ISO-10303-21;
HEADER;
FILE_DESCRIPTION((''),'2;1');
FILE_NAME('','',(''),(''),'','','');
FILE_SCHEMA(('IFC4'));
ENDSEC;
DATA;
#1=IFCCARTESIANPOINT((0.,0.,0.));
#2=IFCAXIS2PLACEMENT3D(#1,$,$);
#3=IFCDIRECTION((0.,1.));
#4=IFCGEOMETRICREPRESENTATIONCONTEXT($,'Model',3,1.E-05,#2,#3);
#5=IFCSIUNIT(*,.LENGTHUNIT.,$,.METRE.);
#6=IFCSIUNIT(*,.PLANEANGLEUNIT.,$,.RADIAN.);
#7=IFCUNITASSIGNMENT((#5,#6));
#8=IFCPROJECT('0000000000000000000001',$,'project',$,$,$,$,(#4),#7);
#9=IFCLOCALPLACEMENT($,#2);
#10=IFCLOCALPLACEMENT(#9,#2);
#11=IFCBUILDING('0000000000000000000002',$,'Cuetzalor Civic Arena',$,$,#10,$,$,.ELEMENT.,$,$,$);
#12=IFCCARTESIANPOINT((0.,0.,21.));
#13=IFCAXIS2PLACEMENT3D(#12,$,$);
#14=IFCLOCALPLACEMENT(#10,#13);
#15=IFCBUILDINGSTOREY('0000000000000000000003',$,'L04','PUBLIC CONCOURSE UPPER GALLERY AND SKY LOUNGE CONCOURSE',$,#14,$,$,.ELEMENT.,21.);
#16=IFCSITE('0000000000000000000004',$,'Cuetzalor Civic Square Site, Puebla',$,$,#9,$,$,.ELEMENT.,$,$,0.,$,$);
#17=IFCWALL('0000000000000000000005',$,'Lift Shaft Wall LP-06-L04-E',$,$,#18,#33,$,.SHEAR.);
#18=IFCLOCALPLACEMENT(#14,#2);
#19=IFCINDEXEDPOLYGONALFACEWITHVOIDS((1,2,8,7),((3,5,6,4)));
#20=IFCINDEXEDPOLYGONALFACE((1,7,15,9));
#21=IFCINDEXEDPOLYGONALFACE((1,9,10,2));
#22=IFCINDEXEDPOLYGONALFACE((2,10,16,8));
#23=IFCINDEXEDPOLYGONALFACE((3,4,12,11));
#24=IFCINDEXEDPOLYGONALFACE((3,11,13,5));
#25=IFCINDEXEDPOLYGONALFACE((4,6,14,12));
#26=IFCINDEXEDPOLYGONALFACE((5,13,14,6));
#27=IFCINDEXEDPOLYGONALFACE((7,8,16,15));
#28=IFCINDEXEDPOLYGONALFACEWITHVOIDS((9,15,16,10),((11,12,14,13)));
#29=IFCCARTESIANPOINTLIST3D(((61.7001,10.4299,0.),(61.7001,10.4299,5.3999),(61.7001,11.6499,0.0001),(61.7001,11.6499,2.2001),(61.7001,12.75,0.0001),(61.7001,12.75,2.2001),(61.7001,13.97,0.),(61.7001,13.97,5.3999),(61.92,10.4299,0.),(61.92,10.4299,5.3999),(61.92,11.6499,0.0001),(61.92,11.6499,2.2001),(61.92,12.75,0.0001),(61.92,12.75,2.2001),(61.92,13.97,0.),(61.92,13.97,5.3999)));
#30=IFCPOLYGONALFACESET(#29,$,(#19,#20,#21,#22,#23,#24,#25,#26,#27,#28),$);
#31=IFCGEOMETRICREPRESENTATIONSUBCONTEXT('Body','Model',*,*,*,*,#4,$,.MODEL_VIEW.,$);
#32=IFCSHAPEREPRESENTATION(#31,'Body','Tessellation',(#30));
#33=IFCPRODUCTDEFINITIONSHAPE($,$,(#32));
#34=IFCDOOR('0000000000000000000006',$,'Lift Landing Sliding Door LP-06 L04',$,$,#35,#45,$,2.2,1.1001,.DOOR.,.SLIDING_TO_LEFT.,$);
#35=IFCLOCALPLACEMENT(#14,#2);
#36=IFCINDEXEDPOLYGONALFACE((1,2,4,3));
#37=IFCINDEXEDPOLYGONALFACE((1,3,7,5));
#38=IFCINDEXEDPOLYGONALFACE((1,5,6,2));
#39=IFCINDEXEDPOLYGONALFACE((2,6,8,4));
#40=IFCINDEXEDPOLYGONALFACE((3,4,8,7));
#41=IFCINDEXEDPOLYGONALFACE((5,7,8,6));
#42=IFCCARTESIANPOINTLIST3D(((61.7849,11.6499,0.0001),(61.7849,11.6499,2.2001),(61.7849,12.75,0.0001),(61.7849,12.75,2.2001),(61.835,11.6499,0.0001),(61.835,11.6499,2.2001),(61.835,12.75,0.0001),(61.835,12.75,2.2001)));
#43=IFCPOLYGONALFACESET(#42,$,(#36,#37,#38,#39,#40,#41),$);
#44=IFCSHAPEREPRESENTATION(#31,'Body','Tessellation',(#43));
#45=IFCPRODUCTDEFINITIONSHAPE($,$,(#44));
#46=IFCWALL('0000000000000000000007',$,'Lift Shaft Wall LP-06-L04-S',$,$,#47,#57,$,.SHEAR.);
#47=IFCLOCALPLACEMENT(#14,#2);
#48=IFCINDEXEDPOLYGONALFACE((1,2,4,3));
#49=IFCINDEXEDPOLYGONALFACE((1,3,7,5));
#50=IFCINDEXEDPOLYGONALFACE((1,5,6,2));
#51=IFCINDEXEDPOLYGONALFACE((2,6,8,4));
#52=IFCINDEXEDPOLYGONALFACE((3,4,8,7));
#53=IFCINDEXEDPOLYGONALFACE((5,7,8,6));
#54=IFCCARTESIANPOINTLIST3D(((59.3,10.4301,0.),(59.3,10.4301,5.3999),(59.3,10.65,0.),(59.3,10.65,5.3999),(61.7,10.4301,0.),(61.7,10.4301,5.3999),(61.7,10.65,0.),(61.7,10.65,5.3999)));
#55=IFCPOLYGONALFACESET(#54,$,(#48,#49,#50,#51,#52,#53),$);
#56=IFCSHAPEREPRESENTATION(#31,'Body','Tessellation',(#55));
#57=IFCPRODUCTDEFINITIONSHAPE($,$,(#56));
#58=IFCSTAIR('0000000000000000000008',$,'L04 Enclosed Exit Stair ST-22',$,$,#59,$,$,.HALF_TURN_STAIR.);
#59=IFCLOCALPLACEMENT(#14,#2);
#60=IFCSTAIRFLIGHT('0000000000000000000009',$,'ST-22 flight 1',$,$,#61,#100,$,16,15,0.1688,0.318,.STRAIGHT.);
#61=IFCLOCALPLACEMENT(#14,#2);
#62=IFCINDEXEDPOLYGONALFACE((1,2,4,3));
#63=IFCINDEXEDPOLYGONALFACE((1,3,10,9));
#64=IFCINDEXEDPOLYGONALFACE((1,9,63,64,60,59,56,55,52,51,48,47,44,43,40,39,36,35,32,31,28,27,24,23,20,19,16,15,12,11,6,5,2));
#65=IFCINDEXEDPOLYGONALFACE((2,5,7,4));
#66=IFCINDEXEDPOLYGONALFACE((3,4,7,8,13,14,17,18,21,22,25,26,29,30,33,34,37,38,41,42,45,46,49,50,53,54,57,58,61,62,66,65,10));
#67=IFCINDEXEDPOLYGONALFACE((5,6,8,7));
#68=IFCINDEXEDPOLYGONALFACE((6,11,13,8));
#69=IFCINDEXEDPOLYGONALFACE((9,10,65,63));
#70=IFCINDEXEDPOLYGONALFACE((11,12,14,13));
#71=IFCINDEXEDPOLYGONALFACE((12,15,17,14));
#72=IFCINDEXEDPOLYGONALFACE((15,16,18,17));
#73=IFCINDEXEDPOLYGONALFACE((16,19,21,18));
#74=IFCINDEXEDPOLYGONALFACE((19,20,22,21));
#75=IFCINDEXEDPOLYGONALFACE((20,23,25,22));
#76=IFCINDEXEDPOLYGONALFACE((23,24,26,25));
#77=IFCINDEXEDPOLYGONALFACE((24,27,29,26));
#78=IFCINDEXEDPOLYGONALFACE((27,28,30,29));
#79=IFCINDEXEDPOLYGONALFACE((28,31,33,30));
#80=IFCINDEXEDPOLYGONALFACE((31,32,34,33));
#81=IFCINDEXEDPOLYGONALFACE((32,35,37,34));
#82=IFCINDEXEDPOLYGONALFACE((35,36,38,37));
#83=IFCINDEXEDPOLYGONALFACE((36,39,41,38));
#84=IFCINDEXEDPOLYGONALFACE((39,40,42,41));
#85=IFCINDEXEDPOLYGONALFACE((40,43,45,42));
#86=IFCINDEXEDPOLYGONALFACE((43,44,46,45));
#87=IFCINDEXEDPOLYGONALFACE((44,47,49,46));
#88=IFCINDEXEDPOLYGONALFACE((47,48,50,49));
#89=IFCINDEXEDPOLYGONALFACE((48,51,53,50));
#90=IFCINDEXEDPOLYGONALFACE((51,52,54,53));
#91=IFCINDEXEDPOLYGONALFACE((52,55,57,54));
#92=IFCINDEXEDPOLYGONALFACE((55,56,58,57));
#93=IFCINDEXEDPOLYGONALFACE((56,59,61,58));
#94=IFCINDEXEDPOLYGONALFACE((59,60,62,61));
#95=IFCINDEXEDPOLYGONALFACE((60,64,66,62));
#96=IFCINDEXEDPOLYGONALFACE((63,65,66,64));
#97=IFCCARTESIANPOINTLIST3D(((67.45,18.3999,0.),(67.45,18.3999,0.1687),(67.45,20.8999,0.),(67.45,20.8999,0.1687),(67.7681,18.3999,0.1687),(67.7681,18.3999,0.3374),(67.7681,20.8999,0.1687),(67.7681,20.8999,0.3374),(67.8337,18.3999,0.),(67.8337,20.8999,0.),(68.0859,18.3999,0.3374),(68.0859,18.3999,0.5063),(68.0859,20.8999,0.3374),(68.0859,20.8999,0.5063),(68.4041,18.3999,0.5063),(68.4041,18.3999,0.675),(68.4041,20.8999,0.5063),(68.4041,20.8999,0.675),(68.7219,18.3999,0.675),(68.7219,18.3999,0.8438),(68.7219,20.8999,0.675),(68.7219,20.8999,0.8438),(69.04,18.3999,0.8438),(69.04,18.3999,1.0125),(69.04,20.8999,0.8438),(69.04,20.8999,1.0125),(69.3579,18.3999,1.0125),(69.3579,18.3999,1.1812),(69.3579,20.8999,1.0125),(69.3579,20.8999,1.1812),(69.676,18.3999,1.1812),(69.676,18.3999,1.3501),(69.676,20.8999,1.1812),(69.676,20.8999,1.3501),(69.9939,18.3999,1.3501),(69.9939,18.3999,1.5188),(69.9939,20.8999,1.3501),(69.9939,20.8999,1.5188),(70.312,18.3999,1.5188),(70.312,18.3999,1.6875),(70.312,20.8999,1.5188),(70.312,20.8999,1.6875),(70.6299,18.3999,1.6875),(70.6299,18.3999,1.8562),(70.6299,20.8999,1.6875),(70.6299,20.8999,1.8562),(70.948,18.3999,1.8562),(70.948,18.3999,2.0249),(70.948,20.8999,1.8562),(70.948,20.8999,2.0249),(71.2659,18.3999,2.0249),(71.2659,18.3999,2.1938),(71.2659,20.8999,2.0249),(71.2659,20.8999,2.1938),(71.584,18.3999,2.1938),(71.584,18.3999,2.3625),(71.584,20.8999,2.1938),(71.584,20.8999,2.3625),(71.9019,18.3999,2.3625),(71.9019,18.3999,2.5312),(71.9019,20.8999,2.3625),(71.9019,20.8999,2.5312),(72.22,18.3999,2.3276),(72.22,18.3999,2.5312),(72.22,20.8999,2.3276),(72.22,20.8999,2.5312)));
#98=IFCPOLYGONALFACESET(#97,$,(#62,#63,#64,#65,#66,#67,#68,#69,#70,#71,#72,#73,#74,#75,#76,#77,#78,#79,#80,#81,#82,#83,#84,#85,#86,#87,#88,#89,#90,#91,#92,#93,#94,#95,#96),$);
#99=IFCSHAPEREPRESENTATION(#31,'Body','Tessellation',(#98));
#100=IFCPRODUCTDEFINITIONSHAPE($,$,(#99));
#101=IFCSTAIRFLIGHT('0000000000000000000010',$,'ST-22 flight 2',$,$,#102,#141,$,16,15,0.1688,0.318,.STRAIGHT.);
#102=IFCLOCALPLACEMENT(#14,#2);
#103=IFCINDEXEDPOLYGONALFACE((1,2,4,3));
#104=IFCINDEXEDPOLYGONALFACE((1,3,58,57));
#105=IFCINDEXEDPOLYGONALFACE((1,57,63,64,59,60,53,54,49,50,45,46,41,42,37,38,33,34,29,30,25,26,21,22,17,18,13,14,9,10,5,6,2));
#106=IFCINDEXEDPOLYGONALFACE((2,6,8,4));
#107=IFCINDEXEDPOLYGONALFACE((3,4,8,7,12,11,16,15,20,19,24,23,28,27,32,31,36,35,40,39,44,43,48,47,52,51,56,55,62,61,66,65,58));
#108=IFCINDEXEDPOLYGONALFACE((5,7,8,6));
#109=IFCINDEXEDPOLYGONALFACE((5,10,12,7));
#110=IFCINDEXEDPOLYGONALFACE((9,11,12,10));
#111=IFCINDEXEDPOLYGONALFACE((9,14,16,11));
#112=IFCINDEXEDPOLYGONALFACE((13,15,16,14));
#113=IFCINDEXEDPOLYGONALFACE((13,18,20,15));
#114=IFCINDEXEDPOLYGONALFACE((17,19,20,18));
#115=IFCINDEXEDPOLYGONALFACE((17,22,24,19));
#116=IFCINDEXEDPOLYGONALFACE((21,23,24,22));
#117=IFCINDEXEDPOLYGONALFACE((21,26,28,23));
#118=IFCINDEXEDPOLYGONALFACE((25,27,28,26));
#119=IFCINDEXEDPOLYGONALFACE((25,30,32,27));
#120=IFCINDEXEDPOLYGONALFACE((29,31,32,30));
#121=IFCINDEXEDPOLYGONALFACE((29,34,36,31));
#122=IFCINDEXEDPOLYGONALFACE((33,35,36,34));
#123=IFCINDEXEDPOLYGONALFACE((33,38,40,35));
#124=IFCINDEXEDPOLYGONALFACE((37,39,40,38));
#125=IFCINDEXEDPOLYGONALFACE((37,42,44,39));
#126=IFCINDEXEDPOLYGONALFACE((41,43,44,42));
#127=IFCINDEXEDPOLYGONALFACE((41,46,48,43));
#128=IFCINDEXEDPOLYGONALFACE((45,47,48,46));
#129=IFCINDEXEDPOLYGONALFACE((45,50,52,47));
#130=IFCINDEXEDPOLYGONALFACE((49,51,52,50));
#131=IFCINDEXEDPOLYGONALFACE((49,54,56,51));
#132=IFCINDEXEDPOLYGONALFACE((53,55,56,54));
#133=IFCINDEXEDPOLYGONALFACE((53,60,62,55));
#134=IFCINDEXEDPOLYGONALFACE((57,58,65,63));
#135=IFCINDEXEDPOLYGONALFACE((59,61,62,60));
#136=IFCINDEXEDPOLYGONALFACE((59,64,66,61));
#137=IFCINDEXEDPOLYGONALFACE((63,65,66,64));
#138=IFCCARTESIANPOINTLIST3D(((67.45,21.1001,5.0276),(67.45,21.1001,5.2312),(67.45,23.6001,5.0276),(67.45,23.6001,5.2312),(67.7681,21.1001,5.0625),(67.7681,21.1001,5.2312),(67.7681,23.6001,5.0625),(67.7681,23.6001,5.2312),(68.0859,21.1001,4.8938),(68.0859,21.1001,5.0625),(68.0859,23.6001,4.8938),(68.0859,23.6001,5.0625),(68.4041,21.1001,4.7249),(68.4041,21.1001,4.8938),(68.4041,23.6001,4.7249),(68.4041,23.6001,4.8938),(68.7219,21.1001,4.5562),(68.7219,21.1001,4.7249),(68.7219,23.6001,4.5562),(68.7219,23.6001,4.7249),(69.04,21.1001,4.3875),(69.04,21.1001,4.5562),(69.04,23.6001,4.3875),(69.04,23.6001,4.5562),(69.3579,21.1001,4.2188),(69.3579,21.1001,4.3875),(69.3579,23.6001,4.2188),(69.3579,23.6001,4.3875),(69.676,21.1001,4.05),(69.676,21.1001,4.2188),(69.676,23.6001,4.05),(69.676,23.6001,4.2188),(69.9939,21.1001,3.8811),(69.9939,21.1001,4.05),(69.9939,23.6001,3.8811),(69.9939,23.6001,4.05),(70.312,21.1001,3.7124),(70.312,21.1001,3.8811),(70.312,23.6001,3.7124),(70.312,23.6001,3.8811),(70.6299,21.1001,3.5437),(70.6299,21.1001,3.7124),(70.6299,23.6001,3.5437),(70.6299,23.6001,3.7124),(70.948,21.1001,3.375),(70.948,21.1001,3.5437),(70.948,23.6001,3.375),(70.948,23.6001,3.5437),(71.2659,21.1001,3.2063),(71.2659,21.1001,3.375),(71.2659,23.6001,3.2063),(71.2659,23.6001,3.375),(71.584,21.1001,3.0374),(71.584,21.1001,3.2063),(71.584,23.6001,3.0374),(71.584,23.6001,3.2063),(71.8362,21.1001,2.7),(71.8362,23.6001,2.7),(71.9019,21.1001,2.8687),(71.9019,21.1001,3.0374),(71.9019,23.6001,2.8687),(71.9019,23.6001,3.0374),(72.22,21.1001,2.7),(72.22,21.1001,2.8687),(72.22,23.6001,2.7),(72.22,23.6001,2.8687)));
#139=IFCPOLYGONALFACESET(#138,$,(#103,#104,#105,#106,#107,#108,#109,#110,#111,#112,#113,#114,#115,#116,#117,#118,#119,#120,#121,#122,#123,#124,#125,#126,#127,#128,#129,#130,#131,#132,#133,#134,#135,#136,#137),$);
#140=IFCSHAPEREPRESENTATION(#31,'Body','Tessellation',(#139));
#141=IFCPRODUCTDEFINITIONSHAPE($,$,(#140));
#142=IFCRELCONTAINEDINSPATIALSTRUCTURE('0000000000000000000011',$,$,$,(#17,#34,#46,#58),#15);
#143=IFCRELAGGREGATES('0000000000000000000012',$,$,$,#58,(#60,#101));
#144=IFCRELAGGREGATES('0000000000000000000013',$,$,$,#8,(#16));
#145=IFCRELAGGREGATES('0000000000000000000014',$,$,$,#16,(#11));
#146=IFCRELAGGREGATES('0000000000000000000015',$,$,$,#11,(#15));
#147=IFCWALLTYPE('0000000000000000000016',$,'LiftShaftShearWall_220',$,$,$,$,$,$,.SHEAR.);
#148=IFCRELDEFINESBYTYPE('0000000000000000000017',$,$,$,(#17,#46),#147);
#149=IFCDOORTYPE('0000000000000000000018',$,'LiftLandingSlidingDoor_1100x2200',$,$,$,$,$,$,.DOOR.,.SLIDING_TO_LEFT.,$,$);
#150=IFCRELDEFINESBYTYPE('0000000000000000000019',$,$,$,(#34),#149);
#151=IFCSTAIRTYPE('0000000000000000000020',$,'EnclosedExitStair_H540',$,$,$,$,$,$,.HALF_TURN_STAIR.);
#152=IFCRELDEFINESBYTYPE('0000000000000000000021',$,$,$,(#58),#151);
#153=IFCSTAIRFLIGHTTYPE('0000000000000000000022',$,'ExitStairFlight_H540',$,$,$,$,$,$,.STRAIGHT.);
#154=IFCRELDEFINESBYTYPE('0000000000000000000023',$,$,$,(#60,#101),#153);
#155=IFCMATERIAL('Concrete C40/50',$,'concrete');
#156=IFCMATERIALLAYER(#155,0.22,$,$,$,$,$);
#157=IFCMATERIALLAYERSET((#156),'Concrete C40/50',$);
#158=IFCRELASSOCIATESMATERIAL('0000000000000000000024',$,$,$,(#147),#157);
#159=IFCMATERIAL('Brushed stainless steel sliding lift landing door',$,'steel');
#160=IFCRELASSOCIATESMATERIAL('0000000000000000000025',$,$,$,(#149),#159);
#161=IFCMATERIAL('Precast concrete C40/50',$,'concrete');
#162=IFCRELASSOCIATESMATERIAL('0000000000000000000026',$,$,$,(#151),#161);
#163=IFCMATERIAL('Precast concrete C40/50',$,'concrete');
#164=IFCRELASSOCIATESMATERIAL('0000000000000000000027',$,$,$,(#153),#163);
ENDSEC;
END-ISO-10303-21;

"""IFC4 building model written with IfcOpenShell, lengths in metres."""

from ifc_helpers import new_model, si_unit, direction, frame, frame_2d, origin, place, context, subcontext, project, spatial, polyline, rectangle, outline, extrude, material, layer, layer_set, type_object, element, fill, aggregate, save


model = new_model("IFC4")

# Units and contexts
model_context = context("Model", 3, precision=1e-05, world=origin(), true_north=direction((0.0, 1.0)))
body_context = subcontext(model_context, "Body", "Model", "MODEL_VIEW")
ifc_project = project(units=[si_unit("LENGTHUNIT", "METRE"), si_unit("PLANEANGLEUNIT", "RADIAN")], contexts=[model_context])

# Site, building, storey
site_placement = place(None, origin())
site = spatial("IfcSite", under=ifc_project, at=site_placement, Name="Cuetzalor Civic Square Site, Puebla", CompositionType="ELEMENT", RefElevation=0.0)
building_placement = place(site_placement, origin())
building = spatial("IfcBuilding", under=site, at=building_placement, Name="Cuetzalor Civic Arena", CompositionType="ELEMENT")
storey_placement = place(building_placement, frame((0.0, 0.0, 21.0)))
storey = spatial("IfcBuildingStorey", under=building, at=storey_placement, Name="L04", Description="PUBLIC CONCOURSE UPPER GALLERY AND SKY LOUNGE CONCOURSE", CompositionType="ELEMENT", Elevation=21.0)

# Wall, opening, door
ifc_material_1 = material(Name="Concrete C40/50", Category="concrete")
ifc_layer_1 = layer(ifc_material_1, 0.22)
ifc_layer_set_1 = layer_set([ifc_layer_1], Name="Concrete C40/50")
wall_type_1 = type_object("IfcWallType", Name="LiftShaftShearWall_220", PredefinedType="SHEAR", material=ifc_layer_set_1)
wall_1_placement = place(storey_placement, frame((61.8101, 13.97, 0.0), z_axis=(0.0, 0.0, 1.0), x_axis=(0.0, -1.0, 0.0)))
wall_1 = element("IfcWall", 1, at=wall_1_placement, inside=storey, type_object=wall_type_1, Name="Lift Shaft Wall LP-06-L04-E", PredefinedType="SHEAR", context=body_context, shape_type="SweptSolid", body=[
    extrude(rectangle(XDim=3.54, YDim=0.22, at=frame_2d((1.77, 0.0))), origin(), (0.0, 0.0, 1.0), 5.3999),
])
opening_1_placement = place(wall_1_placement, frame((1.22, 0.0, 0.0)))
opening_1 = element("IfcOpeningElement", 2, at=opening_1_placement, cuts=wall_1, PredefinedType="OPENING", context=body_context, shape_type="SweptSolid", body=[
    extrude(rectangle(XDim=1.1001, YDim=2.2, at=frame_2d((0.55, 1.1001))), frame((0.0, 0.1201, 0.0), z_axis=(0.0, -1.0, 0.0), x_axis=(1.0, 0.0, 0.0)), (0.0, 0.0, 1.0), 0.24),
])
ifc_material_2 = material(Name="Brushed stainless steel sliding lift landing door", Category="steel")
door_type_1 = type_object("IfcDoorType", Name="LiftLandingSlidingDoor_1100x2200", OperationType="SLIDING_TO_LEFT", PredefinedType="DOOR", material=ifc_material_2)
door_1_placement = place(opening_1_placement, origin())
door_1 = element("IfcDoor", 3, at=door_1_placement, inside=storey, type_object=door_type_1, Name="Lift Landing Sliding Door LP-06 L04", OperationType="SLIDING_TO_LEFT", OverallHeight=2.2, OverallWidth=1.1001, PredefinedType="DOOR", context=body_context, shape_type="SweptSolid", body=[
    extrude(rectangle(XDim=1.1001, YDim=2.2, at=frame_2d((0.55, 1.1001))), frame((0.0, 0.0249, 0.0), z_axis=(0.0, -1.0, 0.0), x_axis=(1.0, 0.0, 0.0)), (0.0, 0.0, 1.0), 0.05),
])
fill(opening_1, door_1)

# Wall
wall_2_placement = place(storey_placement, frame((61.7, 10.54, 0.0), z_axis=(0.0, 0.0, 1.0), x_axis=(-1.0, 0.0, 0.0)))
element("IfcWall", 4, at=wall_2_placement, inside=storey, type_object=wall_type_1, Name="Lift Shaft Wall LP-06-L04-S", PredefinedType="SHEAR", context=body_context, shape_type="SweptSolid", body=[
    extrude(rectangle(XDim=2.3999, YDim=0.22, at=frame_2d((1.2, 0.0))), origin(), (0.0, 0.0, 1.0), 5.3999),
])

# Stair, stair flights
ifc_material_3 = material(Name="Precast concrete C40/50", Category="concrete")
stair_type = type_object("IfcStairType", Name="EnclosedExitStair_H540", PredefinedType="HALF_TURN_STAIR", material=ifc_material_3)
stair_placement = place(storey_placement, origin())
stair = element("IfcStair", 5, at=stair_placement, inside=storey, type_object=stair_type, Name="L04 Enclosed Exit Stair ST-22", PredefinedType="HALF_TURN_STAIR")
ifc_material_4 = material(Name="Precast concrete C40/50", Category="concrete")
stair_flight_type = type_object("IfcStairFlightType", Name="ExitStairFlight_H540", PredefinedType="STRAIGHT", material=ifc_material_4)
stair_flight_1_placement = place(storey_placement, frame((67.45, 19.6499, 0.0), z_axis=(0.0, 0.0, 1.0), x_axis=(1.0, 0.0, 0.0)))
stair_flight_1 = element("IfcStairFlight", 6, at=stair_flight_1_placement, type_object=stair_flight_type, Name="ST-22 flight 1", NumberOfRisers=16, NumberOfTreads=15, PredefinedType="STRAIGHT", RiserHeight=0.1688, TreadLength=0.318, context=body_context, shape_type="SweptSolid", body=[
    extrude(outline(polyline([(0.0, 0.0), (0.0, 0.1687), (0.3181, 0.1687), (0.3181, 0.3374), (0.636, 0.3374), (0.636, 0.5063), (0.9541, 0.5063), (0.9541, 0.675), (1.272, 0.675), (1.272, 0.8438), (1.5901, 0.8438), (1.5901, 1.0125), (1.908, 1.0125), (1.908, 1.1812), (2.2261, 1.1812), (2.2261, 1.3501), (2.5439, 1.3501), (2.5439, 1.5188), (2.8621, 1.5188), (2.8621, 1.6875), (3.1799, 1.6875), (3.1799, 1.8562), (3.498, 1.8562), (3.498, 2.0249), (3.8159, 2.0249), (3.8159, 2.1938), (4.134, 2.1938), (4.134, 2.3625), (4.4519, 2.3625), (4.4519, 2.5312), (4.77, 2.5312), (4.77, 2.7), (4.77, 2.3276), (0.3838, 0.0), (0.0, 0.0)])), frame((0.0, 1.25, 0.0), z_axis=(0.0, -1.0, 0.0), x_axis=(1.0, 0.0, 0.0)), (0.0, 0.0, 1.0), 2.5),
])
stair_flight_2_placement = place(storey_placement, frame((72.22, 22.3501, 2.7), z_axis=(0.0, 0.0, 1.0), x_axis=(-1.0, 0.0, 0.0)))
stair_flight_2 = element("IfcStairFlight", 7, at=stair_flight_2_placement, type_object=stair_flight_type, Name="ST-22 flight 2", NumberOfRisers=16, NumberOfTreads=15, PredefinedType="STRAIGHT", RiserHeight=0.1688, TreadLength=0.318, context=body_context, shape_type="SweptSolid", body=[
    extrude(outline(polyline([(0.0, 0.0), (0.0, 0.1687), (0.3181, 0.1687), (0.3181, 0.3374), (0.636, 0.3374), (0.636, 0.5063), (0.9541, 0.5063), (0.9541, 0.675), (1.272, 0.675), (1.272, 0.8438), (1.5901, 0.8438), (1.5901, 1.0125), (1.908, 1.0125), (1.908, 1.1812), (2.2261, 1.1812), (2.2261, 1.3501), (2.5439, 1.3501), (2.5439, 1.5188), (2.8621, 1.5188), (2.8621, 1.6875), (3.1799, 1.6875), (3.1799, 1.8562), (3.498, 1.8562), (3.498, 2.0249), (3.8159, 2.0249), (3.8159, 2.1938), (4.134, 2.1938), (4.134, 2.3625), (4.4519, 2.3625), (4.4519, 2.5312), (4.77, 2.5312), (4.77, 2.7), (4.77, 2.3276), (0.3838, 0.0), (0.0, 0.0)])), frame((0.0, 1.25, 0.0), z_axis=(0.0, -1.0, 0.0), x_axis=(1.0, 0.0, 0.0)), (0.0, 0.0, 1.0), 2.5),
])
aggregate(stair, [stair_flight_1, stair_flight_2])

save(model, "model.ifc")
